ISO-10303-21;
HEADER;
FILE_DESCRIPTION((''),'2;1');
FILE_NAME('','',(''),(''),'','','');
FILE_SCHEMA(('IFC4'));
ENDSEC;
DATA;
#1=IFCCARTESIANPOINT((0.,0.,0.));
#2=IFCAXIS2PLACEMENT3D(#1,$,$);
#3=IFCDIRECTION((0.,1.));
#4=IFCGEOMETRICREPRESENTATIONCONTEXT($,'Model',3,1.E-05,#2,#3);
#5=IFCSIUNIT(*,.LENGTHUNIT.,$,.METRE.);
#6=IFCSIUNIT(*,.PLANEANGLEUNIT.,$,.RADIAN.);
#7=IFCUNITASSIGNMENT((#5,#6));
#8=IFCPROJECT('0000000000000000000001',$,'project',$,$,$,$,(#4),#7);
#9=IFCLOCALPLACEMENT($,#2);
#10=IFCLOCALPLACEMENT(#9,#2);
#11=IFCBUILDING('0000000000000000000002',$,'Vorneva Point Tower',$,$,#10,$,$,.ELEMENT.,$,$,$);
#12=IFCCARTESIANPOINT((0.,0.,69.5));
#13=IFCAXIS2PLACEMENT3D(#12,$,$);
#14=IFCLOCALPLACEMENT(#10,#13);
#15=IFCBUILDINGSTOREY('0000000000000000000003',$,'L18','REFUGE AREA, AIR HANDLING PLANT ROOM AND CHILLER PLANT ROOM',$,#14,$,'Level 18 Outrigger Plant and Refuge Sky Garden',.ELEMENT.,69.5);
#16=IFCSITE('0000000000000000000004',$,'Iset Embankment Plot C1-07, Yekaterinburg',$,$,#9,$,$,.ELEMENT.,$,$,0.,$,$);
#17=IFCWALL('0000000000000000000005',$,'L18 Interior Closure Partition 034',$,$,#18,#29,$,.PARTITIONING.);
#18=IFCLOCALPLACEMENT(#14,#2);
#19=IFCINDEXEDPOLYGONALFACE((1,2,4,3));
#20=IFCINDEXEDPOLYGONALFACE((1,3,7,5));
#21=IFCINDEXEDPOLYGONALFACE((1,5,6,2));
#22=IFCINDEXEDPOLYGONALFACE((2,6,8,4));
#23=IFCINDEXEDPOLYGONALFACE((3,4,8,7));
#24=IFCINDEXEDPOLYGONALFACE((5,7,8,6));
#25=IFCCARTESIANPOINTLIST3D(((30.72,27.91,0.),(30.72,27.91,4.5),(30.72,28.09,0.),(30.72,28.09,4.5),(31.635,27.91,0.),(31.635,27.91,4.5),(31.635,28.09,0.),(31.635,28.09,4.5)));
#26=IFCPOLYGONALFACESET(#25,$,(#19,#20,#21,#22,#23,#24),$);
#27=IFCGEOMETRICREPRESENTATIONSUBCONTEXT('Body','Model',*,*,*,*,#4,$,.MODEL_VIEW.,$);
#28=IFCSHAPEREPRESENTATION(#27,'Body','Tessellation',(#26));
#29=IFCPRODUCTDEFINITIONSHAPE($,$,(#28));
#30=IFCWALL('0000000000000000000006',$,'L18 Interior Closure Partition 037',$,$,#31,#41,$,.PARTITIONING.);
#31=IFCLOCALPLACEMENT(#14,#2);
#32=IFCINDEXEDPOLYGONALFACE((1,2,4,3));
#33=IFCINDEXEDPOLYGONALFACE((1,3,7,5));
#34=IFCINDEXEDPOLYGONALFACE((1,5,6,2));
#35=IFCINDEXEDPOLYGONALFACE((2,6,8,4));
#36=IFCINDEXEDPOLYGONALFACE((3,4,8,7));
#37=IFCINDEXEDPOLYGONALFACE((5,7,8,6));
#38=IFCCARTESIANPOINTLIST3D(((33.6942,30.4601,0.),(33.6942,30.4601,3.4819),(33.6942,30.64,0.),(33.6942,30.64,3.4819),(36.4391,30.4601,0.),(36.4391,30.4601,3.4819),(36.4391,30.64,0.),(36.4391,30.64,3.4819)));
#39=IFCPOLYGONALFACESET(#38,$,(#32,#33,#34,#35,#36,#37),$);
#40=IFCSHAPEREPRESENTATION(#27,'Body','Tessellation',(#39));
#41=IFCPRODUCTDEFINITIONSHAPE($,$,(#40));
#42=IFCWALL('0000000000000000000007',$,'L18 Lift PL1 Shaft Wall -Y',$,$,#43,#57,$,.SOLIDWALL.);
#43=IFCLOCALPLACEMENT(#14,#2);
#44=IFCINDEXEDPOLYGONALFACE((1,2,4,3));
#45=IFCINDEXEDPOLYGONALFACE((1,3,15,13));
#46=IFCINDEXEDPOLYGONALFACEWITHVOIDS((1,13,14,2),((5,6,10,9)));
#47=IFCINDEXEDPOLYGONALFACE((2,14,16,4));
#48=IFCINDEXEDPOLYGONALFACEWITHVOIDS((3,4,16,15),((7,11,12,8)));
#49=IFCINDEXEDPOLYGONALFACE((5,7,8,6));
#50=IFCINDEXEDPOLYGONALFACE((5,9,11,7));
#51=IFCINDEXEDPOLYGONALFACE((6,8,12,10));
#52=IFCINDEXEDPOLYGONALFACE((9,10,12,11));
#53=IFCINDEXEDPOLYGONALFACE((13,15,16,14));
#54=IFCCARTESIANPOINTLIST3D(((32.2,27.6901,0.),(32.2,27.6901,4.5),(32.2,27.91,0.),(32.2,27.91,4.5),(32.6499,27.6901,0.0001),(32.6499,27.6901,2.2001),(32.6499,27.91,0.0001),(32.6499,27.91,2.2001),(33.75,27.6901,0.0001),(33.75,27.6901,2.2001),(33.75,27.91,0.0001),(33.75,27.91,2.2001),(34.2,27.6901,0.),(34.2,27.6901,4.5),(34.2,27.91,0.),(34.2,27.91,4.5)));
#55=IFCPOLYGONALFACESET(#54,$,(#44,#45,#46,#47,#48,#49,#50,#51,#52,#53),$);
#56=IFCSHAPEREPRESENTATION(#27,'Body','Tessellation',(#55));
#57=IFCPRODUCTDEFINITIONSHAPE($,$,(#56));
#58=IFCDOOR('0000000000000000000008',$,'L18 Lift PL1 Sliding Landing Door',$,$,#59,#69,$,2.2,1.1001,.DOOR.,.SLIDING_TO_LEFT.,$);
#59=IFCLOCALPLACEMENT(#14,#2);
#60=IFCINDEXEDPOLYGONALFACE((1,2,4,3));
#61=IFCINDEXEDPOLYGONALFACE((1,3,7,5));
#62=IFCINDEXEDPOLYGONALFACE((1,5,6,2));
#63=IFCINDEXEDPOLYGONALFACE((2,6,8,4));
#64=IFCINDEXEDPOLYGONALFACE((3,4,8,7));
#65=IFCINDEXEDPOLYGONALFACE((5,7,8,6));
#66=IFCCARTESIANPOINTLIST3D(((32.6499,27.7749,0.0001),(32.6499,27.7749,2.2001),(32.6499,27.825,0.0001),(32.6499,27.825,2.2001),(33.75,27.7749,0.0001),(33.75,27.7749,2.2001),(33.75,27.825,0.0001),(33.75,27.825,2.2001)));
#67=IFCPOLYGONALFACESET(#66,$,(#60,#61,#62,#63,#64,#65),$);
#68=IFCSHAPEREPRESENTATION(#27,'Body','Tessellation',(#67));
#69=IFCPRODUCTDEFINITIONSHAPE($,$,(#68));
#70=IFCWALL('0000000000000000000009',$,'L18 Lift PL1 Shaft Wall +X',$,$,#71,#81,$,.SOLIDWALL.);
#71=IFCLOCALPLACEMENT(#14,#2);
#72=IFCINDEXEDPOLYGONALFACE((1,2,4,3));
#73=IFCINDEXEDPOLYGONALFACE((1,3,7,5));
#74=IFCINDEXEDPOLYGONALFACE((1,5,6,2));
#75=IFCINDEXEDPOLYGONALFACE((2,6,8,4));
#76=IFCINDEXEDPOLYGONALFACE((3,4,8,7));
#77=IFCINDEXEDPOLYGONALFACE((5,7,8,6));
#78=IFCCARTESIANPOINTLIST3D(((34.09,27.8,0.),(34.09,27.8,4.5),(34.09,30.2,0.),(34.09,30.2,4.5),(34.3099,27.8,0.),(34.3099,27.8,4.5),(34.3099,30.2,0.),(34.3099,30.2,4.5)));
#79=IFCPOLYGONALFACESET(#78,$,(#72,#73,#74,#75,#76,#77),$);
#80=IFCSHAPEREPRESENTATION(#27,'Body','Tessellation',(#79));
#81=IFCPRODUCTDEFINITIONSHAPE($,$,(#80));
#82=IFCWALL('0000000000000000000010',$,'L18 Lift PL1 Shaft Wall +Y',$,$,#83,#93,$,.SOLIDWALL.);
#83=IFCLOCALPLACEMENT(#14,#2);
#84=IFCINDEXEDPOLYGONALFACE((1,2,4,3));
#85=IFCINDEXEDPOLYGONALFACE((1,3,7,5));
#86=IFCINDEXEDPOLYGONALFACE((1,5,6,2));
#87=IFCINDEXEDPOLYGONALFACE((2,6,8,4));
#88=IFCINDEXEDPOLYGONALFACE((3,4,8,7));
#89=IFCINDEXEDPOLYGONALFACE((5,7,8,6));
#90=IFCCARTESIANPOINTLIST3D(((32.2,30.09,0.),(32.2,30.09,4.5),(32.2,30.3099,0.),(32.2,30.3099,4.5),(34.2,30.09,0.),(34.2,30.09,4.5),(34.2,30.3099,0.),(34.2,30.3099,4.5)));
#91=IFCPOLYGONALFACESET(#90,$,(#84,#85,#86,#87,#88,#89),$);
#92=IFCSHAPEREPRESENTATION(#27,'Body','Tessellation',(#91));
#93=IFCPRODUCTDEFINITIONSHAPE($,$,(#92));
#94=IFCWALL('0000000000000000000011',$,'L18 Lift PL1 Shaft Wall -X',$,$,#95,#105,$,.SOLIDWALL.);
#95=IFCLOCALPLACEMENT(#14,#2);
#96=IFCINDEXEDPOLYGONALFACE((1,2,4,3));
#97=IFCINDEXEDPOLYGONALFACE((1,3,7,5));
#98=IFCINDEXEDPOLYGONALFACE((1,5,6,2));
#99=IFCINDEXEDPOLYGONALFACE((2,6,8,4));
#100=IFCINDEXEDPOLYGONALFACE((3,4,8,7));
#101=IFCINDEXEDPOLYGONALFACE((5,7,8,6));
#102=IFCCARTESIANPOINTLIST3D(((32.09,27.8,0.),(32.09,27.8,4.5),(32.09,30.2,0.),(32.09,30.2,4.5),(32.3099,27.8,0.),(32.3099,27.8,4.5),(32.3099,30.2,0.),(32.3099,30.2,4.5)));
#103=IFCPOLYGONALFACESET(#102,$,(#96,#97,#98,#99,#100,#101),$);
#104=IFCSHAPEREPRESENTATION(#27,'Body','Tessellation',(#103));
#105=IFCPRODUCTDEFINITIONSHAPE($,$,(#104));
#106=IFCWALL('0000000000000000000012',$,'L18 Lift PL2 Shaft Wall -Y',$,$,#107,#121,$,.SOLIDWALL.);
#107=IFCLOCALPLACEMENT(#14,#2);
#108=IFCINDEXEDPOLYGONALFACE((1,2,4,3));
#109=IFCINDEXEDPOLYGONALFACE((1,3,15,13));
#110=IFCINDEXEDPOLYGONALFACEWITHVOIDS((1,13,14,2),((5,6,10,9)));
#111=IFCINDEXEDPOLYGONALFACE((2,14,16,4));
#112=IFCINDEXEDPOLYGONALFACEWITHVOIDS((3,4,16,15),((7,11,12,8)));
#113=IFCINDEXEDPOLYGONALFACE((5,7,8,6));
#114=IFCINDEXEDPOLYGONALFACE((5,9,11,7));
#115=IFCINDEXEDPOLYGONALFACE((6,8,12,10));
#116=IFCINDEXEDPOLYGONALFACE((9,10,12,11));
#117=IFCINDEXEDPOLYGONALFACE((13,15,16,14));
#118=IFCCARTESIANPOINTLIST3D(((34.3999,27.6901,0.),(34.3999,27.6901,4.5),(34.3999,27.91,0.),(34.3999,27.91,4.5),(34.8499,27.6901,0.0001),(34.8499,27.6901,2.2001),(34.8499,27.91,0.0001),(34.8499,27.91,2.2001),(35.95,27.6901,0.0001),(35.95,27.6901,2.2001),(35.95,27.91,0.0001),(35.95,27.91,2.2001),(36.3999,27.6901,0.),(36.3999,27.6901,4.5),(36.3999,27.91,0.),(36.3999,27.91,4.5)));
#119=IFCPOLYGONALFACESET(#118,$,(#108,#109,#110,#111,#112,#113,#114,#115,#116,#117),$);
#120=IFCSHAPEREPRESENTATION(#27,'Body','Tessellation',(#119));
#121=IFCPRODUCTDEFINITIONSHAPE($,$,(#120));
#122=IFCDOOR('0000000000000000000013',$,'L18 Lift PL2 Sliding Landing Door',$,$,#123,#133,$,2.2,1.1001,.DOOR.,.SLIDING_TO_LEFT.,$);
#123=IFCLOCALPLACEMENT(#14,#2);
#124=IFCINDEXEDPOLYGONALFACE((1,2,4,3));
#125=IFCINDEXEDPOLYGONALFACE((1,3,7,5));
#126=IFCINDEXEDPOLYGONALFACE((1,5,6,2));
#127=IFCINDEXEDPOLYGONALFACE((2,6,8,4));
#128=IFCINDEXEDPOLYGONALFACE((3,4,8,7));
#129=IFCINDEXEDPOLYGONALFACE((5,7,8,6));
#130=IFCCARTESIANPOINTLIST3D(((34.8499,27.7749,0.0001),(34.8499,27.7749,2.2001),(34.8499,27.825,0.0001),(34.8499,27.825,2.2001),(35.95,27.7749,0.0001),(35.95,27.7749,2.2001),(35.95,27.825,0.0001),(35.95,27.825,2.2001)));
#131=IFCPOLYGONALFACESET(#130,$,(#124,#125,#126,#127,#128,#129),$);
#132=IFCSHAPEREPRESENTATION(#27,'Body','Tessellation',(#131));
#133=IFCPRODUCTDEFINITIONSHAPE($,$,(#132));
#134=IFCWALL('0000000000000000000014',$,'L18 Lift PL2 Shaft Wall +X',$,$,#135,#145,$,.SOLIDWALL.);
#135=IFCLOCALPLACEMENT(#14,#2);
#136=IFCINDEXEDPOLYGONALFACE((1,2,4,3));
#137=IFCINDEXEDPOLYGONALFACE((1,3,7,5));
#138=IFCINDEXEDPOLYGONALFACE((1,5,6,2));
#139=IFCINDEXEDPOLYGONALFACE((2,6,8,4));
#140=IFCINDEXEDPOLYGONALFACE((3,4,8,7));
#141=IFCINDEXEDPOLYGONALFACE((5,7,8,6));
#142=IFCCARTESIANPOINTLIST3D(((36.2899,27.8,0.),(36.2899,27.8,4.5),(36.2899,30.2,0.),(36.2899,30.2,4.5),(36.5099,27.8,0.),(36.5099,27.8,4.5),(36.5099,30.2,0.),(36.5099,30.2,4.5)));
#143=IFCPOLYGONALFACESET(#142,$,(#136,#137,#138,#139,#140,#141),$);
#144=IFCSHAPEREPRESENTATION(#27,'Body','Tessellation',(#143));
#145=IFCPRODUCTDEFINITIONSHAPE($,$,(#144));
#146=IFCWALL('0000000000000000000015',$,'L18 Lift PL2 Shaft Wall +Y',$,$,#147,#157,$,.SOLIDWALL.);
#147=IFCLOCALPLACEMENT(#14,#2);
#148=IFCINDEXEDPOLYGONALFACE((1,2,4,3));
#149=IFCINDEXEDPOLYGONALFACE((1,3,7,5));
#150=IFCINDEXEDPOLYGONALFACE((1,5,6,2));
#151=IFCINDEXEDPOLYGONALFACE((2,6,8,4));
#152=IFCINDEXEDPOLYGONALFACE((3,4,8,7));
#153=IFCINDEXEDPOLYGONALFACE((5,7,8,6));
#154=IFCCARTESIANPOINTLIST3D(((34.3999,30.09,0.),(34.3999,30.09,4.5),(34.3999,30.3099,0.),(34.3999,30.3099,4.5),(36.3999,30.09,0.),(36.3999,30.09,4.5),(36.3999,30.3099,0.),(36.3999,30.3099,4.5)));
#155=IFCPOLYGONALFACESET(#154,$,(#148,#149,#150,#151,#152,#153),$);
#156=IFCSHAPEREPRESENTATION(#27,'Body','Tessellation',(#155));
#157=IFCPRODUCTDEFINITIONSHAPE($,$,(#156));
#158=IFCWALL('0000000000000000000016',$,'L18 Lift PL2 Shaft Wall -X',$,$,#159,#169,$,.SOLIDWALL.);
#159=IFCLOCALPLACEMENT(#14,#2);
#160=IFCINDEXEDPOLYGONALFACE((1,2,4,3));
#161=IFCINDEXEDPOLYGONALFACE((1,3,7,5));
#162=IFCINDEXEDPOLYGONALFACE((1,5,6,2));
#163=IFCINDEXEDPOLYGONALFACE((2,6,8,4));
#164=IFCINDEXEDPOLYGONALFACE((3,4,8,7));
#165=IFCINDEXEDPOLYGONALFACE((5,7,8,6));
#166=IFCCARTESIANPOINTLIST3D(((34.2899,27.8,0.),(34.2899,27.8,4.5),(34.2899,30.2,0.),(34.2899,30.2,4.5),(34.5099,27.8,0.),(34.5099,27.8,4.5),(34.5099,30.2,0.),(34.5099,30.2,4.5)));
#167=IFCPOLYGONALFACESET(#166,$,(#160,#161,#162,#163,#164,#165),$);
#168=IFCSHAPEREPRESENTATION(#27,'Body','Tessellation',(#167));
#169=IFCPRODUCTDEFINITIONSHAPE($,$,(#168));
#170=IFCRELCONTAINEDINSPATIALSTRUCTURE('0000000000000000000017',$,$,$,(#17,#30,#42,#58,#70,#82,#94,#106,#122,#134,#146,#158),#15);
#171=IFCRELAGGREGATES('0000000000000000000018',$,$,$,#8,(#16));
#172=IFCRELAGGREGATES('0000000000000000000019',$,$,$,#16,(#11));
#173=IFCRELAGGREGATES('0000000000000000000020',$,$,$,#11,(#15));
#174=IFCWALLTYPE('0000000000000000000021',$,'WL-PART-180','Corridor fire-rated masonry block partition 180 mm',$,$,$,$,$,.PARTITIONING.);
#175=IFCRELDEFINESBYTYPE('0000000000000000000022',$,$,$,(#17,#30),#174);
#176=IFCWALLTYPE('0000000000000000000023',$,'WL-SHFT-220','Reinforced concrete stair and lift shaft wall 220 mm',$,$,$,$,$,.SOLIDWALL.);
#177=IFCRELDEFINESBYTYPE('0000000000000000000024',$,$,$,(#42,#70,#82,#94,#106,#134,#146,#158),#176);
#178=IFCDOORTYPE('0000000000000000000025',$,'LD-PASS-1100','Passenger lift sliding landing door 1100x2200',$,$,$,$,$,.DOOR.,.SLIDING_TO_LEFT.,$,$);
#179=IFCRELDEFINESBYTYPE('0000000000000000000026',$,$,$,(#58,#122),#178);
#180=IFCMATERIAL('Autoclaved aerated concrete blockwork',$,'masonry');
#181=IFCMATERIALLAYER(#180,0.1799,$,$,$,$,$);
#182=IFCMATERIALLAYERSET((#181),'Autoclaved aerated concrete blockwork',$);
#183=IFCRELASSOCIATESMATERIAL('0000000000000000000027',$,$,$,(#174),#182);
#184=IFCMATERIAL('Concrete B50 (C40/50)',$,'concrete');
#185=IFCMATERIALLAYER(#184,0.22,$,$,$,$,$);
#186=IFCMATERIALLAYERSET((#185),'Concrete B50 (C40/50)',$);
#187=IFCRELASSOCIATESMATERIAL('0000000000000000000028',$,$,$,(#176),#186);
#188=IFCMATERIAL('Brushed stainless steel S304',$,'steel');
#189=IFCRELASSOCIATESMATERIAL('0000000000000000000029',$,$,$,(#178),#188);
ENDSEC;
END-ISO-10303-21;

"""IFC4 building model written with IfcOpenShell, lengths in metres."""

from ifc_helpers import new_model, si_unit, direction, frame, frame_2d, origin, place, context, subcontext, project, spatial, rectangle, extrude, material, layer, layer_set, type_object, element, fill, save


model = new_model("IFC4")

# Units and contexts
model_context = context("Model", 3, precision=1e-05, world=origin(), true_north=direction((0.0, 1.0)))
body_context = subcontext(model_context, "Body", "Model", "MODEL_VIEW")
ifc_project = project(units=[si_unit("LENGTHUNIT", "METRE"), si_unit("PLANEANGLEUNIT", "RADIAN")], contexts=[model_context])

# Site, building, storey
site_placement = place(None, origin())
site = spatial("IfcSite", under=ifc_project, at=site_placement, Name="Iset Embankment Plot C1-07, Yekaterinburg", CompositionType="ELEMENT", RefElevation=0.0)
building_placement = place(site_placement, origin())
building = spatial("IfcBuilding", under=site, at=building_placement, Name="Vorneva Point Tower", CompositionType="ELEMENT")
storey_placement = place(building_placement, frame((0.0, 0.0, 69.5)))
storey = spatial("IfcBuildingStorey", under=building, at=storey_placement, Name="L18", Description="REFUGE AREA, AIR HANDLING PLANT ROOM AND CHILLER PLANT ROOM", LongName="Level 18 Outrigger Plant and Refuge Sky Garden", CompositionType="ELEMENT", Elevation=69.5)

# Shared definitions
ifc_material_1 = material(Name="Brushed stainless steel S304", Category="steel")

# Shared definitions
ifc_material_2 = material(Name="Autoclaved aerated concrete blockwork", Category="masonry")
ifc_layer_1 = layer(ifc_material_2, 0.1799)
ifc_layer_set_1 = layer_set([ifc_layer_1], Name="Autoclaved aerated concrete blockwork")
wall_type_1 = type_object("IfcWallType", Name="WL-PART-180", Description="Corridor fire-rated masonry block partition 180 mm", PredefinedType="PARTITIONING", material=ifc_layer_set_1)

# Walls
wall_1_placement = place(storey_placement, frame((31.635, 28.0, 0.0), z_axis=(0.0, 0.0, 1.0), x_axis=(-1.0, 0.0, 0.0)))
element("IfcWall", 1, at=wall_1_placement, inside=storey, type_object=wall_type_1, Name="L18 Interior Closure Partition 034", PredefinedType="PARTITIONING", context=body_context, shape_type="SweptSolid", body=[
    extrude(rectangle(XDim=0.915, YDim=0.1799, at=frame_2d((0.4575, 0.0))), origin(), (0.0, 0.0, 1.0), 4.5),
])
wall_2_placement = place(storey_placement, frame((33.6941, 30.55, 0.0), z_axis=(0.0, 0.0, 1.0), x_axis=(1.0, 0.0, 0.0)))
element("IfcWall", 2, at=wall_2_placement, inside=storey, type_object=wall_type_1, Name="L18 Interior Closure Partition 037", PredefinedType="PARTITIONING", context=body_context, shape_type="SweptSolid", body=[
    extrude(rectangle(XDim=2.7449, YDim=0.1799, at=frame_2d((1.3726, 0.0))), origin(), (0.0, 0.0, 1.0), 3.4819),
])

# Wall, opening, door
ifc_material_3 = material(Name="Concrete B50 (C40/50)", Category="concrete")
ifc_layer_2 = layer(ifc_material_3, 0.22)
ifc_layer_set_2 = layer_set([ifc_layer_2], Name="Concrete B50 (C40/50)")
wall_type_2 = type_object("IfcWallType", Name="WL-SHFT-220", Description="Reinforced concrete stair and lift shaft wall 220 mm", PredefinedType="SOLIDWALL", material=ifc_layer_set_2)
wall_3_placement = place(storey_placement, frame((32.2, 27.8, 0.0), z_axis=(0.0, 0.0, 1.0), x_axis=(1.0, 0.0, 0.0)))
wall_3 = element("IfcWall", 3, at=wall_3_placement, inside=storey, type_object=wall_type_2, Name="L18 Lift PL1 Shaft Wall -Y", PredefinedType="SOLIDWALL", context=body_context, shape_type="SweptSolid", body=[
    extrude(rectangle(XDim=2.0, YDim=0.22, at=frame_2d((1.0, 0.0))), origin(), (0.0, 0.0, 1.0), 4.5),
])
opening_1_placement = place(wall_3_placement, frame((0.45, 0.0, 0.0)))
opening_1 = element("IfcOpeningElement", 4, at=opening_1_placement, cuts=wall_3, PredefinedType="OPENING", context=body_context, shape_type="SweptSolid", body=[
    extrude(rectangle(XDim=1.1001, YDim=2.2, at=frame_2d((0.55, 1.1001))), frame((0.0, 0.125, 0.0), z_axis=(0.0, -1.0, 0.0), x_axis=(1.0, 0.0, 0.0)), (0.0, 0.0, 1.0), 0.2498),
])
door_type_1 = type_object("IfcDoorType", Name="LD-PASS-1100", Description="Passenger lift sliding landing door 1100x2200", OperationType="SLIDING_TO_LEFT", PredefinedType="DOOR", material=ifc_material_1)
door_1_placement = place(opening_1_placement, origin())
door_1 = element("IfcDoor", 5, at=door_1_placement, inside=storey, type_object=door_type_1, Name="L18 Lift PL1 Sliding Landing Door", OperationType="SLIDING_TO_LEFT", OverallHeight=2.2, OverallWidth=1.1001, PredefinedType="DOOR", context=body_context, shape_type="SweptSolid", body=[
    extrude(rectangle(XDim=1.1001, YDim=2.2, at=frame_2d((0.55, 1.1001))), frame((0.0, 0.0249, 0.0), z_axis=(0.0, -1.0, 0.0), x_axis=(1.0, 0.0, 0.0)), (0.0, 0.0, 1.0), 0.05),
])
fill(opening_1, door_1)

# Walls
wall_4_placement = place(storey_placement, frame((34.2, 27.8, 0.0), z_axis=(0.0, 0.0, 1.0), x_axis=(0.0, 1.0, 0.0)))
element("IfcWall", 6, at=wall_4_placement, inside=storey, type_object=wall_type_2, Name="L18 Lift PL1 Shaft Wall +X", PredefinedType="SOLIDWALL", context=body_context, shape_type="SweptSolid", body=[
    extrude(rectangle(XDim=2.3999, YDim=0.22, at=frame_2d((1.2, 0.0))), origin(), (0.0, 0.0, 1.0), 4.5),
])
wall_5_placement = place(storey_placement, frame((34.2, 30.2, 0.0), z_axis=(0.0, 0.0, 1.0), x_axis=(-1.0, 0.0, 0.0)))
element("IfcWall", 7, at=wall_5_placement, inside=storey, type_object=wall_type_2, Name="L18 Lift PL1 Shaft Wall +Y", PredefinedType="SOLIDWALL", context=body_context, shape_type="SweptSolid", body=[
    extrude(rectangle(XDim=2.0, YDim=0.22, at=frame_2d((1.0, 0.0))), origin(), (0.0, 0.0, 1.0), 4.5),
])
wall_6_placement = place(storey_placement, frame((32.2, 30.2, 0.0), z_axis=(0.0, 0.0, 1.0), x_axis=(0.0, -1.0, 0.0)))
element("IfcWall", 8, at=wall_6_placement, inside=storey, type_object=wall_type_2, Name="L18 Lift PL1 Shaft Wall -X", PredefinedType="SOLIDWALL", context=body_context, shape_type="SweptSolid", body=[
    extrude(rectangle(XDim=2.3999, YDim=0.22, at=frame_2d((1.2, 0.0))), origin(), (0.0, 0.0, 1.0), 4.5),
])

# Wall, opening, door
wall_7_placement = place(storey_placement, frame((34.3999, 27.8, 0.0), z_axis=(0.0, 0.0, 1.0), x_axis=(1.0, 0.0, 0.0)))
wall_7 = element("IfcWall", 9, at=wall_7_placement, inside=storey, type_object=wall_type_2, Name="L18 Lift PL2 Shaft Wall -Y", PredefinedType="SOLIDWALL", context=body_context, shape_type="SweptSolid", body=[
    extrude(rectangle(XDim=2.0, YDim=0.22, at=frame_2d((1.0, 0.0))), origin(), (0.0, 0.0, 1.0), 4.5),
])
opening_2_placement = place(wall_7_placement, frame((0.45, 0.0, 0.0)))
opening_2 = element("IfcOpeningElement", 10, at=opening_2_placement, cuts=wall_7, PredefinedType="OPENING", context=body_context, shape_type="SweptSolid", body=[
    extrude(rectangle(XDim=1.1001, YDim=2.2, at=frame_2d((0.55, 1.1001))), frame((0.0, 0.125, 0.0), z_axis=(0.0, -1.0, 0.0), x_axis=(1.0, 0.0, 0.0)), (0.0, 0.0, 1.0), 0.2498),
])
door_2_placement = place(opening_2_placement, origin())
door_2 = element("IfcDoor", 11, at=door_2_placement, inside=storey, type_object=door_type_1, Name="L18 Lift PL2 Sliding Landing Door", OperationType="SLIDING_TO_LEFT", OverallHeight=2.2, OverallWidth=1.1001, PredefinedType="DOOR", context=body_context, shape_type="SweptSolid", body=[
    extrude(rectangle(XDim=1.1001, YDim=2.2, at=frame_2d((0.55, 1.1001))), frame((0.0, 0.0249, 0.0), z_axis=(0.0, -1.0, 0.0), x_axis=(1.0, 0.0, 0.0)), (0.0, 0.0, 1.0), 0.05),
])
fill(opening_2, door_2)

# Walls
wall_8_placement = place(storey_placement, frame((36.3999, 27.8, 0.0), z_axis=(0.0, 0.0, 1.0), x_axis=(0.0, 1.0, 0.0)))
element("IfcWall", 12, at=wall_8_placement, inside=storey, type_object=wall_type_2, Name="L18 Lift PL2 Shaft Wall +X", PredefinedType="SOLIDWALL", context=body_context, shape_type="SweptSolid", body=[
    extrude(rectangle(XDim=2.3999, YDim=0.22, at=frame_2d((1.2, 0.0))), origin(), (0.0, 0.0, 1.0), 4.5),
])
wall_9_placement = place(storey_placement, frame((36.3999, 30.2, 0.0), z_axis=(0.0, 0.0, 1.0), x_axis=(-1.0, 0.0, 0.0)))
element("IfcWall", 13, at=wall_9_placement, inside=storey, type_object=wall_type_2, Name="L18 Lift PL2 Shaft Wall +Y", PredefinedType="SOLIDWALL", context=body_context, shape_type="SweptSolid", body=[
    extrude(rectangle(XDim=2.0, YDim=0.22, at=frame_2d((1.0, 0.0))), origin(), (0.0, 0.0, 1.0), 4.5),
])
wall_10_placement = place(storey_placement, frame((34.3999, 30.2, 0.0), z_axis=(0.0, 0.0, 1.0), x_axis=(0.0, -1.0, 0.0)))
element("IfcWall", 14, at=wall_10_placement, inside=storey, type_object=wall_type_2, Name="L18 Lift PL2 Shaft Wall -X", PredefinedType="SOLIDWALL", context=body_context, shape_type="SweptSolid", body=[
    extrude(rectangle(XDim=2.3999, YDim=0.22, at=frame_2d((1.2, 0.0))), origin(), (0.0, 0.0, 1.0), 4.5),
])

save(model, "model.ifc")
